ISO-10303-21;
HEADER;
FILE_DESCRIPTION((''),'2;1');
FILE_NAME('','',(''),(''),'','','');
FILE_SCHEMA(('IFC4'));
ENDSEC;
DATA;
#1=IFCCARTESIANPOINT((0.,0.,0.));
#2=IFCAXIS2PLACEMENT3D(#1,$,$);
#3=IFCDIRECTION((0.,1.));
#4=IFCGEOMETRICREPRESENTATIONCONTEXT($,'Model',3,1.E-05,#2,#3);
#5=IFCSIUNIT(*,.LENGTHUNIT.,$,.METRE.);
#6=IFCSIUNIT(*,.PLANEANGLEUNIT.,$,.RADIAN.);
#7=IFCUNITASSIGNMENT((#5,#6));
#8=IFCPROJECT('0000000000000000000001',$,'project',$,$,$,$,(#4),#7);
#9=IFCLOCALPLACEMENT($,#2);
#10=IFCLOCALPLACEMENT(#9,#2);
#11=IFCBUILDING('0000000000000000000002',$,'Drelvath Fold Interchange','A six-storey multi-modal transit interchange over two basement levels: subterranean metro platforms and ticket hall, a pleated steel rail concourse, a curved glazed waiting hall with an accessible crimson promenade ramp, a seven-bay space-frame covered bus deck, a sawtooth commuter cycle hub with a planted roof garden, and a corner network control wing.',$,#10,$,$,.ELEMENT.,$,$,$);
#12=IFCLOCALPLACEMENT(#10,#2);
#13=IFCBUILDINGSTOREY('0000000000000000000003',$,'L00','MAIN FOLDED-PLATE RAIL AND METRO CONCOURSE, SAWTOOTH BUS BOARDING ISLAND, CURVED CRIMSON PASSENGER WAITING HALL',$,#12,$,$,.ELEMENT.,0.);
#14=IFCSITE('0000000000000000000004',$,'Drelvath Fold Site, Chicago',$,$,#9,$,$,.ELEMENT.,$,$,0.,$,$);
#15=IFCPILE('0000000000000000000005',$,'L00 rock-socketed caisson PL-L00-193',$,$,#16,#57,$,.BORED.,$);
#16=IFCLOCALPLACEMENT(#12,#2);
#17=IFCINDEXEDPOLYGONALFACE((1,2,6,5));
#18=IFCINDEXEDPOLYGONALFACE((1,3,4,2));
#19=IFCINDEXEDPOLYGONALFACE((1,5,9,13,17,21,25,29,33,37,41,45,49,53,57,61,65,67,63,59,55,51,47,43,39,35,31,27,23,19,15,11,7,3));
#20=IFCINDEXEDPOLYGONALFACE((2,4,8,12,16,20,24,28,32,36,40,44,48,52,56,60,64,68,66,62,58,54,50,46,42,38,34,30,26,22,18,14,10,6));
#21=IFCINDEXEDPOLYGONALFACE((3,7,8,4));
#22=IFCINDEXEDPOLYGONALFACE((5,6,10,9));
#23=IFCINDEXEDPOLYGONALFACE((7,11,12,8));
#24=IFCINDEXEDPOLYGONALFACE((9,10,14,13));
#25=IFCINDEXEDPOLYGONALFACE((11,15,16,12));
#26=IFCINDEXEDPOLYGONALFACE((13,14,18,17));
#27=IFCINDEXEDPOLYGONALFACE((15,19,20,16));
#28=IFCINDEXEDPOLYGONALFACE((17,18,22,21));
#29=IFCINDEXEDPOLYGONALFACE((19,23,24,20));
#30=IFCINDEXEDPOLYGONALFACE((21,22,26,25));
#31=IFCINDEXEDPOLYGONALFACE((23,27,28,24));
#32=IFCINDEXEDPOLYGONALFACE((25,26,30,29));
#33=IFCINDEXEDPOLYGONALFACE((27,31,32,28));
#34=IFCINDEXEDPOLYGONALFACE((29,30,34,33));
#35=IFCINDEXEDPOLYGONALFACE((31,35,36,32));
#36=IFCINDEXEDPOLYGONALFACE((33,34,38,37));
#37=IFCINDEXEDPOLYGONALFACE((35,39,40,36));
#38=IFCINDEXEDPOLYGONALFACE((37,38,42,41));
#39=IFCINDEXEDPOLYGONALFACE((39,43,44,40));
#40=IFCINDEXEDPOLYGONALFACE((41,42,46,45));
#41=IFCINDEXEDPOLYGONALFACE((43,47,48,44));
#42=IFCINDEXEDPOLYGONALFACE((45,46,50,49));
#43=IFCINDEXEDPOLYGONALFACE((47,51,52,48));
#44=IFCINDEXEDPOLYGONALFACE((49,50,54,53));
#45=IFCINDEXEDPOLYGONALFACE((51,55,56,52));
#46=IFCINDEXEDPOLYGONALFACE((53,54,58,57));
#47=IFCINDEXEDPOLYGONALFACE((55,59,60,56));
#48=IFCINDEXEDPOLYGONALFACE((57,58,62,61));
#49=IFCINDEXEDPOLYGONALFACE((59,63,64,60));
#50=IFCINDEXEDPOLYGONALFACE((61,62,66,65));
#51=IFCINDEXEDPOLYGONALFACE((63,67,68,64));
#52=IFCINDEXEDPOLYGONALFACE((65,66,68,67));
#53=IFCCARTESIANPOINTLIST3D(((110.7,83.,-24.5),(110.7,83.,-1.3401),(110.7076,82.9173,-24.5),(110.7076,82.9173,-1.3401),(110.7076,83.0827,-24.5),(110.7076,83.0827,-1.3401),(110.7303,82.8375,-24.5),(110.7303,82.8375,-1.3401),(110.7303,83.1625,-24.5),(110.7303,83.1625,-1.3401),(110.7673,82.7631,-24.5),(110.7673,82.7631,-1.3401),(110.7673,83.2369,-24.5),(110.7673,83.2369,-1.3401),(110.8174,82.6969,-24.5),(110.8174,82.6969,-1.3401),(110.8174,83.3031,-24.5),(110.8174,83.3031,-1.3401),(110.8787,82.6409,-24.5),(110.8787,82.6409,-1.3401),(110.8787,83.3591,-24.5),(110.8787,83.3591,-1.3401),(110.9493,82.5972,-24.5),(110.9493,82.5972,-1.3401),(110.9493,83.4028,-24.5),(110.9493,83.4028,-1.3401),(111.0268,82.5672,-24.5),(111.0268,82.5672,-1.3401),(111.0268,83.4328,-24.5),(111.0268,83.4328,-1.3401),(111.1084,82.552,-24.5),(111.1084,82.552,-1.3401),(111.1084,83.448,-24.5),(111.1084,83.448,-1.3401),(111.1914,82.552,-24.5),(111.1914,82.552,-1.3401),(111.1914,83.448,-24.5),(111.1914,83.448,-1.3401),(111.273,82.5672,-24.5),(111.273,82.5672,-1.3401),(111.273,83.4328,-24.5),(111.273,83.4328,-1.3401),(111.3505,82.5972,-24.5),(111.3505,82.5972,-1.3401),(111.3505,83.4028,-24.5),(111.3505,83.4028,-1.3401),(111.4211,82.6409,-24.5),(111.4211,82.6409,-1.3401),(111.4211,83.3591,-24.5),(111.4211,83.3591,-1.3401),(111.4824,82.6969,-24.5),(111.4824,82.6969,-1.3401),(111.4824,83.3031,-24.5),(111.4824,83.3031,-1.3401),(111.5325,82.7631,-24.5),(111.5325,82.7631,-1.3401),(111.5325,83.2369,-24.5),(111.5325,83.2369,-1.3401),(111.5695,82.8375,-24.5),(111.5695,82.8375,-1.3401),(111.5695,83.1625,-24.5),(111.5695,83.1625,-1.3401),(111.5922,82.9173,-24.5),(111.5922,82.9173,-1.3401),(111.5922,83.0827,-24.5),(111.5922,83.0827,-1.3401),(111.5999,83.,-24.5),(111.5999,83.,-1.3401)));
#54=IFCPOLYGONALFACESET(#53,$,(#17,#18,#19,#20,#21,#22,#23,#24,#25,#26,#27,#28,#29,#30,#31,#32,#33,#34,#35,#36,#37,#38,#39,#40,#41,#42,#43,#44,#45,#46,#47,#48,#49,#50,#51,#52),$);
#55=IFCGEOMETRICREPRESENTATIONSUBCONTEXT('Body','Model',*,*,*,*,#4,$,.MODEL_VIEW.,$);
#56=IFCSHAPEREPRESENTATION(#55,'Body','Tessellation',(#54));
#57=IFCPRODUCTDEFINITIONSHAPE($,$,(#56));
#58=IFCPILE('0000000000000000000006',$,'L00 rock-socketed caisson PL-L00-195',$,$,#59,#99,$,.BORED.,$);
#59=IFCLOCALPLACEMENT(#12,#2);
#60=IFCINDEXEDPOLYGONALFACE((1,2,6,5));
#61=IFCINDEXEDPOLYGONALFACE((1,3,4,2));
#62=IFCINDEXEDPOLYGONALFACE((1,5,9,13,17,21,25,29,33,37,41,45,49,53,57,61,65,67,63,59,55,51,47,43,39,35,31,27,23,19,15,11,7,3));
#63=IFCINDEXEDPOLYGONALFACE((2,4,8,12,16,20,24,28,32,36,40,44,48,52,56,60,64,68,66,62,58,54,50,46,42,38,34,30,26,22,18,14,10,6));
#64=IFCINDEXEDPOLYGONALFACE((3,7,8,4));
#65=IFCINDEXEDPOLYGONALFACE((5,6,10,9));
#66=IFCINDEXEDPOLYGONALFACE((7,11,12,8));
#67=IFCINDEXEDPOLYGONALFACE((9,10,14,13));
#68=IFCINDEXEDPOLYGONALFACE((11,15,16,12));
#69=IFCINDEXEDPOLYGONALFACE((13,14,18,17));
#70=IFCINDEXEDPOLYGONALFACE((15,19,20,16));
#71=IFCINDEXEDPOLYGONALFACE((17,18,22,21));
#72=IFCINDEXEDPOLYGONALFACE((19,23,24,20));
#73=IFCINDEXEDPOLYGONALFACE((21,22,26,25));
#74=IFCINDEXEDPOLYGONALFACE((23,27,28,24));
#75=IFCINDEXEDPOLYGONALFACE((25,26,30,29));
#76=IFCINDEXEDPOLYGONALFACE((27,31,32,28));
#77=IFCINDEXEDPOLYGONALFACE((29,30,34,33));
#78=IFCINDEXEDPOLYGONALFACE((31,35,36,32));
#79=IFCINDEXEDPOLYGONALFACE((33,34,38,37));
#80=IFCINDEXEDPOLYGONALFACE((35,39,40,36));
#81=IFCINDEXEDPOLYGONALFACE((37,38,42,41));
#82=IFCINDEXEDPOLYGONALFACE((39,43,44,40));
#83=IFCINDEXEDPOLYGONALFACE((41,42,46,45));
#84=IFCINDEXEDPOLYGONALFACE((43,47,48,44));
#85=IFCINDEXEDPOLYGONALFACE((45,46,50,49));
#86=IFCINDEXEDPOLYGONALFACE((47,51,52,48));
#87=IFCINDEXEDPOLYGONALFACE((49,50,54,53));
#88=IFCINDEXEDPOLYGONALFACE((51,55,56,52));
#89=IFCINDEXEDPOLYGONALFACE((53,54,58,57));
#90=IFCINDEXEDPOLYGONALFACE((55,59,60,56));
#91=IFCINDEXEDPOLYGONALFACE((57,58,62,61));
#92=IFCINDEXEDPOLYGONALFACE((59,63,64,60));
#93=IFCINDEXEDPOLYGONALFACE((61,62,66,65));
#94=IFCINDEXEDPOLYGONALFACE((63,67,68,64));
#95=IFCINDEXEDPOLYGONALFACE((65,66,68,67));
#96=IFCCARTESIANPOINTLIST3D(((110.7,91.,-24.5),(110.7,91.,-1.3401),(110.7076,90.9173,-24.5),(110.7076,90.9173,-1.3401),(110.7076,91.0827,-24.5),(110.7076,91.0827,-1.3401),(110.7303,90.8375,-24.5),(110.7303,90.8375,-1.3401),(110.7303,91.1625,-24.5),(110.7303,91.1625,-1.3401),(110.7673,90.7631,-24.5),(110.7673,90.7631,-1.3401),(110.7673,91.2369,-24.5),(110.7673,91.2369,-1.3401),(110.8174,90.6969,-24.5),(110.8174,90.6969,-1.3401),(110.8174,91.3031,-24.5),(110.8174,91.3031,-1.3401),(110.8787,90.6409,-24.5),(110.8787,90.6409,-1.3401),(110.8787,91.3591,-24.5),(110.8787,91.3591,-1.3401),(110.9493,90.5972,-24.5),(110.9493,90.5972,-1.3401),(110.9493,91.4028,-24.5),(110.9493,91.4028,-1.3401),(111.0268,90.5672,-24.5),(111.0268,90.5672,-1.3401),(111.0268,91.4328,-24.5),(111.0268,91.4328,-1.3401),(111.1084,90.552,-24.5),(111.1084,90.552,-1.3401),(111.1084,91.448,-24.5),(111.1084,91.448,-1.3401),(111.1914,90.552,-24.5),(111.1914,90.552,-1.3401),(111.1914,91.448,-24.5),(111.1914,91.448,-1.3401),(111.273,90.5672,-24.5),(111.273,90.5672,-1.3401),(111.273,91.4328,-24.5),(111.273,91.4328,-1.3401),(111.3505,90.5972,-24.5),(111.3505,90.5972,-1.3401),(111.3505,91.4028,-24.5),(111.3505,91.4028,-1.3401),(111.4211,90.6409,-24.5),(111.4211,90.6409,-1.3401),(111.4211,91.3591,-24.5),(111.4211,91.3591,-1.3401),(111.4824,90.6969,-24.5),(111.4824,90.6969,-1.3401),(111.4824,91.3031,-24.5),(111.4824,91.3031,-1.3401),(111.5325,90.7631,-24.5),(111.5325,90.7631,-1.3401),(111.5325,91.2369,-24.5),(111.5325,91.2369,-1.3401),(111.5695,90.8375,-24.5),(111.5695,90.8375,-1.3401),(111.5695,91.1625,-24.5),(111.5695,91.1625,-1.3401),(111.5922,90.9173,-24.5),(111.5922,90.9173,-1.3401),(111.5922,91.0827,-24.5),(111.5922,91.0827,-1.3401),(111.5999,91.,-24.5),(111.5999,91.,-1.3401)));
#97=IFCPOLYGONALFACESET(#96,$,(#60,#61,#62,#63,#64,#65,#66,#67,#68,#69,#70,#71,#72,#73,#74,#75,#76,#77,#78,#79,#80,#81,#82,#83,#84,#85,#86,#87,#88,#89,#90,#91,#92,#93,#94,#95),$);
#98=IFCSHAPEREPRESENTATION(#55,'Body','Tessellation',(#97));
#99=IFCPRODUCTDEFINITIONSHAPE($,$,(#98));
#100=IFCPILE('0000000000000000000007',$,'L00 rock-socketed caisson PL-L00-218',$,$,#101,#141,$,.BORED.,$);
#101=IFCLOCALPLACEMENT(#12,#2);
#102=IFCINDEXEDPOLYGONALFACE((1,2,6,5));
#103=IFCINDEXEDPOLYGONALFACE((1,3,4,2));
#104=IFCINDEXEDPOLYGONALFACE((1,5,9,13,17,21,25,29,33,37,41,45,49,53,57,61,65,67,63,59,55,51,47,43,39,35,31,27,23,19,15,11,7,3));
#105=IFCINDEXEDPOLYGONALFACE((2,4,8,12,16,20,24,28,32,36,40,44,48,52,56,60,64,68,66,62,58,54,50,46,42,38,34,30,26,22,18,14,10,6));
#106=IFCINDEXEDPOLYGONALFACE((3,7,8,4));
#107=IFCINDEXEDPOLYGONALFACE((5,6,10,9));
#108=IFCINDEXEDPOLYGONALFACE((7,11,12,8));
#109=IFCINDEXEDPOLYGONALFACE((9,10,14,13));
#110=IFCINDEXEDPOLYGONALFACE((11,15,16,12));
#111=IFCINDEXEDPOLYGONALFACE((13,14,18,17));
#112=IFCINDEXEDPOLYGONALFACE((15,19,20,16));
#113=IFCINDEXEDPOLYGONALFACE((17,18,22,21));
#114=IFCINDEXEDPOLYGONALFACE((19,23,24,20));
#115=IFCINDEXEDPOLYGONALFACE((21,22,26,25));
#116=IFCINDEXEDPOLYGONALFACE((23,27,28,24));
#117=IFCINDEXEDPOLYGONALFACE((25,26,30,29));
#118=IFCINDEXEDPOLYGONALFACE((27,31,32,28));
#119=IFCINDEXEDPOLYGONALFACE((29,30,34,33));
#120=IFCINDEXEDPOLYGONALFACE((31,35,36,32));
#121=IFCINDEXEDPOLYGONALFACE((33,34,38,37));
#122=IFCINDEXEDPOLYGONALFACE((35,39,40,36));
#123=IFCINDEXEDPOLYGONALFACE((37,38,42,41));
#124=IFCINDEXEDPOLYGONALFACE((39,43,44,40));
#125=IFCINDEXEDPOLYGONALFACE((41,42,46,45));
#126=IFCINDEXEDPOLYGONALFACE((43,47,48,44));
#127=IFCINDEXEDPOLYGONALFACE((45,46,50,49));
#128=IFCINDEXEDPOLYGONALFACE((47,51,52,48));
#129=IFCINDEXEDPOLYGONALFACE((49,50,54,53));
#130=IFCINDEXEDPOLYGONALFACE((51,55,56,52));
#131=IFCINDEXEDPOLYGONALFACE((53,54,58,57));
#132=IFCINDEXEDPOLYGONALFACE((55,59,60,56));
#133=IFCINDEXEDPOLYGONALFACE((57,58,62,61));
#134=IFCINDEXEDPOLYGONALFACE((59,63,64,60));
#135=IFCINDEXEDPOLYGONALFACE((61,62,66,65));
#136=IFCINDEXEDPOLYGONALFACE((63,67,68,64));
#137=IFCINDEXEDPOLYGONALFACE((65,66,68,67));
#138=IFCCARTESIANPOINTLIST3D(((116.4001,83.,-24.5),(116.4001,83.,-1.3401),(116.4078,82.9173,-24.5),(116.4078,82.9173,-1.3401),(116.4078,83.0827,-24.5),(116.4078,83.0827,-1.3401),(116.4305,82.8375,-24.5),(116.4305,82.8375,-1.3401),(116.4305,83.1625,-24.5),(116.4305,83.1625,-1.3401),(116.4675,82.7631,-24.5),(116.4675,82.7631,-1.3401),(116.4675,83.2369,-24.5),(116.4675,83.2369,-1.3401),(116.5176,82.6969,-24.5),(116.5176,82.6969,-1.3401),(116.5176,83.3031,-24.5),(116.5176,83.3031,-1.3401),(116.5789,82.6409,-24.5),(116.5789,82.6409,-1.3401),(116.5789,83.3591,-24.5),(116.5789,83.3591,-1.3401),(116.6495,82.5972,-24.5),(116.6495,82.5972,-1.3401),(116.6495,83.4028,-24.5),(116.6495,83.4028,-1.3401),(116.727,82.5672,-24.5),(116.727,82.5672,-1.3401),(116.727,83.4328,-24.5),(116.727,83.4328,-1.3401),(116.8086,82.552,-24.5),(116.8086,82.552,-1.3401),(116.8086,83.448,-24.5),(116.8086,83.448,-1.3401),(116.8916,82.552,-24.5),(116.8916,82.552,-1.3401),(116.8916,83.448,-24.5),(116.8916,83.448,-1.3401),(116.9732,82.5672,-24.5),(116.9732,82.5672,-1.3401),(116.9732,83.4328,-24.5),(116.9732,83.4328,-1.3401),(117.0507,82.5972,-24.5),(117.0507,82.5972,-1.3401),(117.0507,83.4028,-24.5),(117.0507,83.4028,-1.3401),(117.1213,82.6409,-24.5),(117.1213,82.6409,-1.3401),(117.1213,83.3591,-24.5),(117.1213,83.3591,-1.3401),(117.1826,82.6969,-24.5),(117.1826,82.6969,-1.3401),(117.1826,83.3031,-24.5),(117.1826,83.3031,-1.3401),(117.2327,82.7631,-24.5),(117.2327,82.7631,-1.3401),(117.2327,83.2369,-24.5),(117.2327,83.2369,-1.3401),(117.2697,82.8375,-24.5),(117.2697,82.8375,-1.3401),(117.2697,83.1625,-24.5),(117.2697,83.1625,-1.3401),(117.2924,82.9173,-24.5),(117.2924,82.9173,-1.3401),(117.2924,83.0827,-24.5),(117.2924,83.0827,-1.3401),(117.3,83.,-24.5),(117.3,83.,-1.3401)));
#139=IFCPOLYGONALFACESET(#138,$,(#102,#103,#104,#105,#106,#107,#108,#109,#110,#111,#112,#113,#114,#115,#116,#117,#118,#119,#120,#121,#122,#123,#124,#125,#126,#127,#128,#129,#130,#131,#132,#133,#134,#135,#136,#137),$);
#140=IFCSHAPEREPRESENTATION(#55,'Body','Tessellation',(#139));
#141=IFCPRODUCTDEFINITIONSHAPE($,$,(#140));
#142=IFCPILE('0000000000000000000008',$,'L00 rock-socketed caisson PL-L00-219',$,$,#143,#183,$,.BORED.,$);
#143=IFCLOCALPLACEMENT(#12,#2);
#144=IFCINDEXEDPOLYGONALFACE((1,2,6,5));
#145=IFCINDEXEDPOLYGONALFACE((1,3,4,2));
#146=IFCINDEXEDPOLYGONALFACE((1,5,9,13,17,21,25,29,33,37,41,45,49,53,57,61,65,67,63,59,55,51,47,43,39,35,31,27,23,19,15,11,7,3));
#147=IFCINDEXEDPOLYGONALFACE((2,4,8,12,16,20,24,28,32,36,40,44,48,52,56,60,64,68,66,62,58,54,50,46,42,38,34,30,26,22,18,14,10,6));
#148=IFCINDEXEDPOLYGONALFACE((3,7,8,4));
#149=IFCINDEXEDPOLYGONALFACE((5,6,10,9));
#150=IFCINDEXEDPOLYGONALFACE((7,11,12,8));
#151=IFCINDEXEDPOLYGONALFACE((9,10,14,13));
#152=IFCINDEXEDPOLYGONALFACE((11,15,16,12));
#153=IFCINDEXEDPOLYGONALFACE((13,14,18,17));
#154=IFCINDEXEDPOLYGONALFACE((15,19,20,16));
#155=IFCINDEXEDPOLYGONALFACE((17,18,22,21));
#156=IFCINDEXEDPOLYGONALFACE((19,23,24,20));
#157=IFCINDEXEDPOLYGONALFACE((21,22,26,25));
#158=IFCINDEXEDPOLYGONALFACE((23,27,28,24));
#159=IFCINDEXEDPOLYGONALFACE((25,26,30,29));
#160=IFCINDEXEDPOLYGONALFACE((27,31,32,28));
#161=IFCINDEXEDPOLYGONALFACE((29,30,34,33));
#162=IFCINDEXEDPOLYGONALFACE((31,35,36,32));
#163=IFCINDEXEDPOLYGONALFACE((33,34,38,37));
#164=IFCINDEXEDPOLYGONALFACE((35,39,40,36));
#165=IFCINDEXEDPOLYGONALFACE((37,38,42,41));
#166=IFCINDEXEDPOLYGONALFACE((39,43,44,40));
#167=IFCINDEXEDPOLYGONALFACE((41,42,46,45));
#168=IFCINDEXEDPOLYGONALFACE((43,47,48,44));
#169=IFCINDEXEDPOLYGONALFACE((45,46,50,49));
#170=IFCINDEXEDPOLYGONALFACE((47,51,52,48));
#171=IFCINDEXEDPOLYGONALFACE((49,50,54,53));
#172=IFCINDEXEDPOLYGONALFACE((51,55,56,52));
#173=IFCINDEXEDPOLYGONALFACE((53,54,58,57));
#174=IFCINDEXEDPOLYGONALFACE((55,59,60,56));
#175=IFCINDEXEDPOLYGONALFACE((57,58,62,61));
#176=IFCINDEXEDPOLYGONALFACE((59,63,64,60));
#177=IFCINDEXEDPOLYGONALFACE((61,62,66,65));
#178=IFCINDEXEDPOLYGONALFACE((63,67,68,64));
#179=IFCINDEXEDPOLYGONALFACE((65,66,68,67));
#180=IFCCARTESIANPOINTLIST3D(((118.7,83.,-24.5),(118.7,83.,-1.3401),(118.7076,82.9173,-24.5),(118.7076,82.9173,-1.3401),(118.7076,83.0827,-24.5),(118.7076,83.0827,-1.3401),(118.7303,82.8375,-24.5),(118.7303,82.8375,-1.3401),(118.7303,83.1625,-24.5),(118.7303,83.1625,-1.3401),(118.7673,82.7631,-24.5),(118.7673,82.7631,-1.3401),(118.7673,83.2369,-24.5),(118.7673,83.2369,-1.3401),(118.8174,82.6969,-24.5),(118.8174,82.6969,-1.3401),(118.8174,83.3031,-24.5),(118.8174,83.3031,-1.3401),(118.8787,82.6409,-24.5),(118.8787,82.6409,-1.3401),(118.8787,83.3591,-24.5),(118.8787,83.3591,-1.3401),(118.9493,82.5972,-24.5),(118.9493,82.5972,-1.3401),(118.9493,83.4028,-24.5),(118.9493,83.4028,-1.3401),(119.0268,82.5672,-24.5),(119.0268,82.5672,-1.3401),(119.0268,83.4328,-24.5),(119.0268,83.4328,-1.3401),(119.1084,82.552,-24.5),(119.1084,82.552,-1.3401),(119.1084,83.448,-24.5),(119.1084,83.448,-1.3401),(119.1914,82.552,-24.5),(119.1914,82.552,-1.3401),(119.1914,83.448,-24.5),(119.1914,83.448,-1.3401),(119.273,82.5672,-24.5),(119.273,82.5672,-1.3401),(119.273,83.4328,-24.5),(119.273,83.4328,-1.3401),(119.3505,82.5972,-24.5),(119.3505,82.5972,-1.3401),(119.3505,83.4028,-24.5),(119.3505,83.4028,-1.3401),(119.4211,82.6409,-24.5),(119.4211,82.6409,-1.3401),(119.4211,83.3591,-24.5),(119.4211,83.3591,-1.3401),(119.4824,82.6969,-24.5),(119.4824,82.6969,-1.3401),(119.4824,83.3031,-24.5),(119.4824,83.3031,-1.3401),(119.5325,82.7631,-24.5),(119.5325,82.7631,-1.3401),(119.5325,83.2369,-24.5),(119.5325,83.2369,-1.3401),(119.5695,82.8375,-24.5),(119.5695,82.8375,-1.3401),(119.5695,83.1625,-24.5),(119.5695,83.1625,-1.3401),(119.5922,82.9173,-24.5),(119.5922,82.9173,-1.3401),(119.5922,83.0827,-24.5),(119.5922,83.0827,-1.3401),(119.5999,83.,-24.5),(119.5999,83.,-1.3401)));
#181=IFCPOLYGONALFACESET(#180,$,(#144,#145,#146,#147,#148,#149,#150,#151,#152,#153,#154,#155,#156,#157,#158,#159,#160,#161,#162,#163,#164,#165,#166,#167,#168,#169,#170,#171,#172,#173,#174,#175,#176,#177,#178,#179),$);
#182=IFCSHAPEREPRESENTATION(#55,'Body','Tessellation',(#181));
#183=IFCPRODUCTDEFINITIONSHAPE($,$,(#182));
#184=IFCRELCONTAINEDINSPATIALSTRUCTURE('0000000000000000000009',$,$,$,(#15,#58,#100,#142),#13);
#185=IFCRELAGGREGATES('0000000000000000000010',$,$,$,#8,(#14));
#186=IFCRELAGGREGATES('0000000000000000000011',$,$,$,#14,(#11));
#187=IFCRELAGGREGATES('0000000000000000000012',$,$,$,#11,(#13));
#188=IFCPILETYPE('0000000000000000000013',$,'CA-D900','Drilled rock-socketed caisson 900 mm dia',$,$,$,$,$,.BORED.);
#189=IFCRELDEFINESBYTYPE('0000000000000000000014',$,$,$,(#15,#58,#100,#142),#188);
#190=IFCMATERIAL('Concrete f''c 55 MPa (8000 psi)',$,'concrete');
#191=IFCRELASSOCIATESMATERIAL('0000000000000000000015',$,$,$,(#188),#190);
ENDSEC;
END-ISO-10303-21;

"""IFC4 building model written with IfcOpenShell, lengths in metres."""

from ifc_helpers import new_model, si_unit, direction, frame, origin, origin_2d, place, context, subcontext, project, spatial, circle, extrude, material, material_profile, profile_set, type_object, element, save


model = new_model("IFC4")

# Units and contexts
model_context = context("Model", 3, precision=1e-05, world=origin(), true_north=direction((0.0, 1.0)))
body_context = subcontext(model_context, "Body", "Model", "MODEL_VIEW")
ifc_project = project(units=[si_unit("LENGTHUNIT", "METRE"), si_unit("PLANEANGLEUNIT", "RADIAN")], contexts=[model_context])

# Site, building, storey
site_placement = place(None, origin())
site = spatial("IfcSite", under=ifc_project, at=site_placement, Name="Drelvath Fold Site, Chicago", CompositionType="ELEMENT", RefElevation=0.0)
building_placement = place(site_placement, origin())
building = spatial("IfcBuilding", under=site, at=building_placement, Name="Drelvath Fold Interchange", Description="A six-storey multi-modal transit interchange over two basement levels: subterranean metro platforms and ticket hall, a pleated steel rail concourse, a curved glazed waiting hall with an accessible crimson promenade ramp, a seven-bay space-frame covered bus deck, a sawtooth commuter cycle hub with a planted roof garden, and a corner network control wing.", CompositionType="ELEMENT")
storey_placement = place(building_placement, origin())
storey = spatial("IfcBuildingStorey", under=building, at=storey_placement, Name="L00", Description="MAIN FOLDED-PLATE RAIL AND METRO CONCOURSE, SAWTOOTH BUS BOARDING ISLAND, CURVED CRIMSON PASSENGER WAITING HALL", CompositionType="ELEMENT", Elevation=0.0)

# Piles
ifc_material_1 = material(Name="Concrete f'c 55 MPa (8000 psi)", Category="concrete")
ifc_material_profile_1 = material_profile(ifc_material_1, circle(Radius=0.45, at=origin_2d()), Name="CAISSON D900")
ifc_profile_set_1 = profile_set([ifc_material_profile_1], Name="Concrete f'c 55 MPa (8000 psi)")
pile_type = type_object("IfcPileType", Name="CA-D900", Description="Drilled rock-socketed caisson 900 mm dia", PredefinedType="BORED", material=ifc_profile_set_1)
for number, where, z_axis, x_axis, name in (
    (1, (111.1499, 83.0, -1.3401), (0.0, 0.0, -1.0), (1.0, 0.0, 0.0), "L00 rock-socketed caisson PL-L00-193"),
    (2, (111.1499, 91.0, -1.3401), (0.0, 0.0, -1.0), (1.0, 0.0, 0.0), "L00 rock-socketed caisson PL-L00-195"),
    (3, (116.8501, 83.0, -1.3401), (0.0, 0.0, -1.0), (1.0, 0.0, 0.0), "L00 rock-socketed caisson PL-L00-218"),
    (4, (119.1499, 83.0, -1.3401), (0.0, 0.0, -1.0), (1.0, 0.0, 0.0), "L00 rock-socketed caisson PL-L00-219"),
):
    element("IfcPile", number, at=place(storey_placement, frame(where, z_axis=z_axis, x_axis=x_axis)), inside=storey, type_object=pile_type, Name=name, PredefinedType="BORED", context=body_context, shape_type="SweptSolid", body=[
        extrude(circle(Radius=0.45, at=origin_2d()), origin(), (0.0, 0.0, 1.0), 23.1599),
    ])

save(model, "model.ifc")
